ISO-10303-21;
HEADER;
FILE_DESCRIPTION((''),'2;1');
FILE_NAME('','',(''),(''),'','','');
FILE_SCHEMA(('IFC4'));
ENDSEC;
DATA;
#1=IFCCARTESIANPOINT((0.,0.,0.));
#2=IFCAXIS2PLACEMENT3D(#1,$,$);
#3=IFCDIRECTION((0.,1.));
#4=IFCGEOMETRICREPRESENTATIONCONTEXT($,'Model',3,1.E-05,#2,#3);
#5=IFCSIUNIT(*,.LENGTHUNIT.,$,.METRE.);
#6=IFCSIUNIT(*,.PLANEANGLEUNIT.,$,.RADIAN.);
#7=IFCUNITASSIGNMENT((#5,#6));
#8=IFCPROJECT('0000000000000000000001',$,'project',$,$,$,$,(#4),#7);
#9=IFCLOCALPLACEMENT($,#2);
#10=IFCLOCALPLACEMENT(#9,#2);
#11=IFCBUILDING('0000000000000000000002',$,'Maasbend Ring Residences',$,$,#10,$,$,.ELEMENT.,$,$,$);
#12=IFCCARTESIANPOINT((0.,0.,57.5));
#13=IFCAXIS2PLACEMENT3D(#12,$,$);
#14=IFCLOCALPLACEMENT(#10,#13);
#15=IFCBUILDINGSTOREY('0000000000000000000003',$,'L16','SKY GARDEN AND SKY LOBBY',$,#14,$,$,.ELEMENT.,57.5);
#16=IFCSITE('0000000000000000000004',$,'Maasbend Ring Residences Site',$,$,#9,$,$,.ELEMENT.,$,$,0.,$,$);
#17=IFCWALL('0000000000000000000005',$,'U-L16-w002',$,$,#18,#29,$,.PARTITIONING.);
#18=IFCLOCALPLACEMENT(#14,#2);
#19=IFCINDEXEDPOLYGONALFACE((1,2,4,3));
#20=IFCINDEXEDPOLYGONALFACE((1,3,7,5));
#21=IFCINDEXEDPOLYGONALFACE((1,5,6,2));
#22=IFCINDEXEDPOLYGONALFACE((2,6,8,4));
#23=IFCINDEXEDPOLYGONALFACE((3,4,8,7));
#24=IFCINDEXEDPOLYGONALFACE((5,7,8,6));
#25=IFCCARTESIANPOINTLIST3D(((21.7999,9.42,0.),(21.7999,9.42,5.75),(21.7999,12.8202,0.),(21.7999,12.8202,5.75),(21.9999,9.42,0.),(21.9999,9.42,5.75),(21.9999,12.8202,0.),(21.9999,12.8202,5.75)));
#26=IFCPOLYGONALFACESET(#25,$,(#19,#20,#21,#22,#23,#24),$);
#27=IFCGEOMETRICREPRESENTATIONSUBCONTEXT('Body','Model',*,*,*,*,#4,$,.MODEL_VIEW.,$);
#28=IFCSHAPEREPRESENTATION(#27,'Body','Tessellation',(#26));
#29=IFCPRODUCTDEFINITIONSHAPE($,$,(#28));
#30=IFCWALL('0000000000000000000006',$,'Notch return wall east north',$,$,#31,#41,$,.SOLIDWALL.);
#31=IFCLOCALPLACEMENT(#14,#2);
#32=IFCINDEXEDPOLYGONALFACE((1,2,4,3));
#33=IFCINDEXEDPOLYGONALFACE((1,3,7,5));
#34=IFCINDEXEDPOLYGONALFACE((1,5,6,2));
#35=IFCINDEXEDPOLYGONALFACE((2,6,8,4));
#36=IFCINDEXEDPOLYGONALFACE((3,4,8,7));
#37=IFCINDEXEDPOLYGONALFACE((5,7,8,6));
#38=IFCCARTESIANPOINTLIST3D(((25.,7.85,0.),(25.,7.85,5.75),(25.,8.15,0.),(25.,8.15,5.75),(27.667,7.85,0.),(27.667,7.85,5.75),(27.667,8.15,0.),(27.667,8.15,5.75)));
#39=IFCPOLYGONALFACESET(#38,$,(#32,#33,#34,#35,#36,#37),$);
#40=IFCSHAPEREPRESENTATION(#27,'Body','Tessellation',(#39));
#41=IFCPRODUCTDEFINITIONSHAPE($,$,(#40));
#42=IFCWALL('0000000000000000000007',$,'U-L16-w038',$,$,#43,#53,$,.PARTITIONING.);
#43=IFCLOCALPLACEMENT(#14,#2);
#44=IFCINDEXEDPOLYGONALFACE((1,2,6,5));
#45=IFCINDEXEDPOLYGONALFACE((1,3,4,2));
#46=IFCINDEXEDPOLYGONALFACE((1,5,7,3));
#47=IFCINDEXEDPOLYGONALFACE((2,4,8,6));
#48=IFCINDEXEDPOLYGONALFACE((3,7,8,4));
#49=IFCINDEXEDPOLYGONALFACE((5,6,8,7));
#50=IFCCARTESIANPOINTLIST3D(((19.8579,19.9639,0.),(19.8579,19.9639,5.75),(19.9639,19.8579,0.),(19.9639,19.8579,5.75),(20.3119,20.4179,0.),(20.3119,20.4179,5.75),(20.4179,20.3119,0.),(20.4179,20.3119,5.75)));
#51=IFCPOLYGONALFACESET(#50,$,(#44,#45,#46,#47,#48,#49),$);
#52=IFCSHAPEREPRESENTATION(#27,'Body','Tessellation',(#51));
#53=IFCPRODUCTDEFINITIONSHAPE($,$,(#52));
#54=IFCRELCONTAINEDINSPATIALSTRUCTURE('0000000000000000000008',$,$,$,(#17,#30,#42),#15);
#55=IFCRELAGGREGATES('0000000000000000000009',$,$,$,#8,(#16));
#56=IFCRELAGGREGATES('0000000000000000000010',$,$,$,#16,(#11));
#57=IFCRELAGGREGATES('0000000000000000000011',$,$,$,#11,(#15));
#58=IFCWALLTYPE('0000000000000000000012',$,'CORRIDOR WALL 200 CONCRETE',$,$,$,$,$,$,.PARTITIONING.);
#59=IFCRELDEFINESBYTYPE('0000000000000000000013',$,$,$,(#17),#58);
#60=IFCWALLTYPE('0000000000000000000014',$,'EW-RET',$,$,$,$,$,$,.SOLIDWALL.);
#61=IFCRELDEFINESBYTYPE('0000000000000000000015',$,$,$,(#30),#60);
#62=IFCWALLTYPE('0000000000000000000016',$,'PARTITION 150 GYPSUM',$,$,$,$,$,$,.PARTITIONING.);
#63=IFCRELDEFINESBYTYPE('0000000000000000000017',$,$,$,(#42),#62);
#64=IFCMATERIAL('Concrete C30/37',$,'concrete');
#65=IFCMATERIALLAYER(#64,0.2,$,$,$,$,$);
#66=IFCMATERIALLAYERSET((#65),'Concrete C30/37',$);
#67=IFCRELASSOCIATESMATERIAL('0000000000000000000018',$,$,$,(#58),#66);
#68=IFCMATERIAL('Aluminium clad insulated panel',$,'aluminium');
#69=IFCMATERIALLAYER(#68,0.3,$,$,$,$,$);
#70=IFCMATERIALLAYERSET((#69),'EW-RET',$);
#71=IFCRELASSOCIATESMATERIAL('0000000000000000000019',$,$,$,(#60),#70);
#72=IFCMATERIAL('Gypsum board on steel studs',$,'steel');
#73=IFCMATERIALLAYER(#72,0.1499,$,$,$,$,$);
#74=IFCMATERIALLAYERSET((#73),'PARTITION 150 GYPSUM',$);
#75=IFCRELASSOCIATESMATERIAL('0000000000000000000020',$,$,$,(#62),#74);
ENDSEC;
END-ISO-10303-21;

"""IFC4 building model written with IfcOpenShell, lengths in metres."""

from ifc_helpers import new_model, si_unit, direction, frame, frame_2d, origin, place, context, subcontext, project, spatial, rectangle, extrude, material, layer, layer_set, type_object, element, save


model = new_model("IFC4")

# Units and contexts
model_context = context("Model", 3, precision=1e-05, world=origin(), true_north=direction((0.0, 1.0)))
body_context = subcontext(model_context, "Body", "Model", "MODEL_VIEW")
ifc_project = project(units=[si_unit("LENGTHUNIT", "METRE"), si_unit("PLANEANGLEUNIT", "RADIAN")], contexts=[model_context])

# Site, building, storey
site_placement = place(None, origin())
site = spatial("IfcSite", under=ifc_project, at=site_placement, Name="Maasbend Ring Residences Site", CompositionType="ELEMENT", RefElevation=0.0)
building_placement = place(site_placement, origin())
building = spatial("IfcBuilding", under=site, at=building_placement, Name="Maasbend Ring Residences", CompositionType="ELEMENT")
storey_placement = place(building_placement, frame((0.0, 0.0, 57.5)))
storey = spatial("IfcBuildingStorey", under=building, at=storey_placement, Name="L16", Description="SKY GARDEN AND SKY LOBBY", CompositionType="ELEMENT", Elevation=57.5)

# Walls
ifc_material_1 = material(Name="Concrete C30/37", Category="concrete")
ifc_layer_1 = layer(ifc_material_1, 0.2)
ifc_layer_set_1 = layer_set([ifc_layer_1], Name="Concrete C30/37")
wall_type_1 = type_object("IfcWallType", Name="CORRIDOR WALL 200 CONCRETE", PredefinedType="PARTITIONING", material=ifc_layer_set_1)
wall_1_placement = place(storey_placement, frame((21.8999, 9.4199, 0.0), z_axis=(0.0, 0.0, 1.0), x_axis=(0.0, 1.0, 0.0)))
element("IfcWall", 1, at=wall_1_placement, inside=storey, type_object=wall_type_1, Name="U-L16-w002", PredefinedType="PARTITIONING", context=body_context, shape_type="SweptSolid", body=[
    extrude(rectangle(XDim=3.4001, YDim=0.2, at=frame_2d((1.7002, 0.0))), origin(), (0.0, 0.0, 1.0), 5.75),
])
ifc_material_2 = material(Name="Aluminium clad insulated panel", Category="aluminium")
ifc_layer_2 = layer(ifc_material_2, 0.3)
ifc_layer_set_2 = layer_set([ifc_layer_2], Name="EW-RET")
wall_type_2 = type_object("IfcWallType", Name="EW-RET", PredefinedType="SOLIDWALL", material=ifc_layer_set_2)
wall_2_placement = place(storey_placement, frame((25.0, 8.0, 0.0), z_axis=(0.0, 0.0, 1.0), x_axis=(1.0, 0.0, 0.0)))
element("IfcWall", 2, at=wall_2_placement, inside=storey, type_object=wall_type_2, Name="Notch return wall east north", PredefinedType="SOLIDWALL", context=body_context, shape_type="SweptSolid", body=[
    extrude(rectangle(XDim=2.667, YDim=0.3, at=frame_2d((1.3335, 0.0))), origin(), (0.0, 0.0, 1.0), 5.75),
])
ifc_material_3 = material(Name="Gypsum board on steel studs", Category="steel")
ifc_layer_3 = layer(ifc_material_3, 0.1499)
ifc_layer_set_3 = layer_set([ifc_layer_3], Name="PARTITION 150 GYPSUM")
wall_type_3 = type_object("IfcWallType", Name="PARTITION 150 GYPSUM", PredefinedType="PARTITIONING", material=ifc_layer_set_3)
wall_3_placement = place(storey_placement, frame((19.9109, 19.9109, 0.0), z_axis=(0.0, 0.0, 1.0), x_axis=(0.707107, 0.707107, 0.0)))
element("IfcWall", 3, at=wall_3_placement, inside=storey, type_object=wall_type_3, Name="U-L16-w038", PredefinedType="PARTITIONING", context=body_context, shape_type="SweptSolid", body=[
    extrude(rectangle(XDim=0.6421, YDim=0.1499, at=frame_2d((0.321, 0.0))), origin(), (0.0, 0.0, 1.0), 5.75),
])

save(model, "model.ifc")
